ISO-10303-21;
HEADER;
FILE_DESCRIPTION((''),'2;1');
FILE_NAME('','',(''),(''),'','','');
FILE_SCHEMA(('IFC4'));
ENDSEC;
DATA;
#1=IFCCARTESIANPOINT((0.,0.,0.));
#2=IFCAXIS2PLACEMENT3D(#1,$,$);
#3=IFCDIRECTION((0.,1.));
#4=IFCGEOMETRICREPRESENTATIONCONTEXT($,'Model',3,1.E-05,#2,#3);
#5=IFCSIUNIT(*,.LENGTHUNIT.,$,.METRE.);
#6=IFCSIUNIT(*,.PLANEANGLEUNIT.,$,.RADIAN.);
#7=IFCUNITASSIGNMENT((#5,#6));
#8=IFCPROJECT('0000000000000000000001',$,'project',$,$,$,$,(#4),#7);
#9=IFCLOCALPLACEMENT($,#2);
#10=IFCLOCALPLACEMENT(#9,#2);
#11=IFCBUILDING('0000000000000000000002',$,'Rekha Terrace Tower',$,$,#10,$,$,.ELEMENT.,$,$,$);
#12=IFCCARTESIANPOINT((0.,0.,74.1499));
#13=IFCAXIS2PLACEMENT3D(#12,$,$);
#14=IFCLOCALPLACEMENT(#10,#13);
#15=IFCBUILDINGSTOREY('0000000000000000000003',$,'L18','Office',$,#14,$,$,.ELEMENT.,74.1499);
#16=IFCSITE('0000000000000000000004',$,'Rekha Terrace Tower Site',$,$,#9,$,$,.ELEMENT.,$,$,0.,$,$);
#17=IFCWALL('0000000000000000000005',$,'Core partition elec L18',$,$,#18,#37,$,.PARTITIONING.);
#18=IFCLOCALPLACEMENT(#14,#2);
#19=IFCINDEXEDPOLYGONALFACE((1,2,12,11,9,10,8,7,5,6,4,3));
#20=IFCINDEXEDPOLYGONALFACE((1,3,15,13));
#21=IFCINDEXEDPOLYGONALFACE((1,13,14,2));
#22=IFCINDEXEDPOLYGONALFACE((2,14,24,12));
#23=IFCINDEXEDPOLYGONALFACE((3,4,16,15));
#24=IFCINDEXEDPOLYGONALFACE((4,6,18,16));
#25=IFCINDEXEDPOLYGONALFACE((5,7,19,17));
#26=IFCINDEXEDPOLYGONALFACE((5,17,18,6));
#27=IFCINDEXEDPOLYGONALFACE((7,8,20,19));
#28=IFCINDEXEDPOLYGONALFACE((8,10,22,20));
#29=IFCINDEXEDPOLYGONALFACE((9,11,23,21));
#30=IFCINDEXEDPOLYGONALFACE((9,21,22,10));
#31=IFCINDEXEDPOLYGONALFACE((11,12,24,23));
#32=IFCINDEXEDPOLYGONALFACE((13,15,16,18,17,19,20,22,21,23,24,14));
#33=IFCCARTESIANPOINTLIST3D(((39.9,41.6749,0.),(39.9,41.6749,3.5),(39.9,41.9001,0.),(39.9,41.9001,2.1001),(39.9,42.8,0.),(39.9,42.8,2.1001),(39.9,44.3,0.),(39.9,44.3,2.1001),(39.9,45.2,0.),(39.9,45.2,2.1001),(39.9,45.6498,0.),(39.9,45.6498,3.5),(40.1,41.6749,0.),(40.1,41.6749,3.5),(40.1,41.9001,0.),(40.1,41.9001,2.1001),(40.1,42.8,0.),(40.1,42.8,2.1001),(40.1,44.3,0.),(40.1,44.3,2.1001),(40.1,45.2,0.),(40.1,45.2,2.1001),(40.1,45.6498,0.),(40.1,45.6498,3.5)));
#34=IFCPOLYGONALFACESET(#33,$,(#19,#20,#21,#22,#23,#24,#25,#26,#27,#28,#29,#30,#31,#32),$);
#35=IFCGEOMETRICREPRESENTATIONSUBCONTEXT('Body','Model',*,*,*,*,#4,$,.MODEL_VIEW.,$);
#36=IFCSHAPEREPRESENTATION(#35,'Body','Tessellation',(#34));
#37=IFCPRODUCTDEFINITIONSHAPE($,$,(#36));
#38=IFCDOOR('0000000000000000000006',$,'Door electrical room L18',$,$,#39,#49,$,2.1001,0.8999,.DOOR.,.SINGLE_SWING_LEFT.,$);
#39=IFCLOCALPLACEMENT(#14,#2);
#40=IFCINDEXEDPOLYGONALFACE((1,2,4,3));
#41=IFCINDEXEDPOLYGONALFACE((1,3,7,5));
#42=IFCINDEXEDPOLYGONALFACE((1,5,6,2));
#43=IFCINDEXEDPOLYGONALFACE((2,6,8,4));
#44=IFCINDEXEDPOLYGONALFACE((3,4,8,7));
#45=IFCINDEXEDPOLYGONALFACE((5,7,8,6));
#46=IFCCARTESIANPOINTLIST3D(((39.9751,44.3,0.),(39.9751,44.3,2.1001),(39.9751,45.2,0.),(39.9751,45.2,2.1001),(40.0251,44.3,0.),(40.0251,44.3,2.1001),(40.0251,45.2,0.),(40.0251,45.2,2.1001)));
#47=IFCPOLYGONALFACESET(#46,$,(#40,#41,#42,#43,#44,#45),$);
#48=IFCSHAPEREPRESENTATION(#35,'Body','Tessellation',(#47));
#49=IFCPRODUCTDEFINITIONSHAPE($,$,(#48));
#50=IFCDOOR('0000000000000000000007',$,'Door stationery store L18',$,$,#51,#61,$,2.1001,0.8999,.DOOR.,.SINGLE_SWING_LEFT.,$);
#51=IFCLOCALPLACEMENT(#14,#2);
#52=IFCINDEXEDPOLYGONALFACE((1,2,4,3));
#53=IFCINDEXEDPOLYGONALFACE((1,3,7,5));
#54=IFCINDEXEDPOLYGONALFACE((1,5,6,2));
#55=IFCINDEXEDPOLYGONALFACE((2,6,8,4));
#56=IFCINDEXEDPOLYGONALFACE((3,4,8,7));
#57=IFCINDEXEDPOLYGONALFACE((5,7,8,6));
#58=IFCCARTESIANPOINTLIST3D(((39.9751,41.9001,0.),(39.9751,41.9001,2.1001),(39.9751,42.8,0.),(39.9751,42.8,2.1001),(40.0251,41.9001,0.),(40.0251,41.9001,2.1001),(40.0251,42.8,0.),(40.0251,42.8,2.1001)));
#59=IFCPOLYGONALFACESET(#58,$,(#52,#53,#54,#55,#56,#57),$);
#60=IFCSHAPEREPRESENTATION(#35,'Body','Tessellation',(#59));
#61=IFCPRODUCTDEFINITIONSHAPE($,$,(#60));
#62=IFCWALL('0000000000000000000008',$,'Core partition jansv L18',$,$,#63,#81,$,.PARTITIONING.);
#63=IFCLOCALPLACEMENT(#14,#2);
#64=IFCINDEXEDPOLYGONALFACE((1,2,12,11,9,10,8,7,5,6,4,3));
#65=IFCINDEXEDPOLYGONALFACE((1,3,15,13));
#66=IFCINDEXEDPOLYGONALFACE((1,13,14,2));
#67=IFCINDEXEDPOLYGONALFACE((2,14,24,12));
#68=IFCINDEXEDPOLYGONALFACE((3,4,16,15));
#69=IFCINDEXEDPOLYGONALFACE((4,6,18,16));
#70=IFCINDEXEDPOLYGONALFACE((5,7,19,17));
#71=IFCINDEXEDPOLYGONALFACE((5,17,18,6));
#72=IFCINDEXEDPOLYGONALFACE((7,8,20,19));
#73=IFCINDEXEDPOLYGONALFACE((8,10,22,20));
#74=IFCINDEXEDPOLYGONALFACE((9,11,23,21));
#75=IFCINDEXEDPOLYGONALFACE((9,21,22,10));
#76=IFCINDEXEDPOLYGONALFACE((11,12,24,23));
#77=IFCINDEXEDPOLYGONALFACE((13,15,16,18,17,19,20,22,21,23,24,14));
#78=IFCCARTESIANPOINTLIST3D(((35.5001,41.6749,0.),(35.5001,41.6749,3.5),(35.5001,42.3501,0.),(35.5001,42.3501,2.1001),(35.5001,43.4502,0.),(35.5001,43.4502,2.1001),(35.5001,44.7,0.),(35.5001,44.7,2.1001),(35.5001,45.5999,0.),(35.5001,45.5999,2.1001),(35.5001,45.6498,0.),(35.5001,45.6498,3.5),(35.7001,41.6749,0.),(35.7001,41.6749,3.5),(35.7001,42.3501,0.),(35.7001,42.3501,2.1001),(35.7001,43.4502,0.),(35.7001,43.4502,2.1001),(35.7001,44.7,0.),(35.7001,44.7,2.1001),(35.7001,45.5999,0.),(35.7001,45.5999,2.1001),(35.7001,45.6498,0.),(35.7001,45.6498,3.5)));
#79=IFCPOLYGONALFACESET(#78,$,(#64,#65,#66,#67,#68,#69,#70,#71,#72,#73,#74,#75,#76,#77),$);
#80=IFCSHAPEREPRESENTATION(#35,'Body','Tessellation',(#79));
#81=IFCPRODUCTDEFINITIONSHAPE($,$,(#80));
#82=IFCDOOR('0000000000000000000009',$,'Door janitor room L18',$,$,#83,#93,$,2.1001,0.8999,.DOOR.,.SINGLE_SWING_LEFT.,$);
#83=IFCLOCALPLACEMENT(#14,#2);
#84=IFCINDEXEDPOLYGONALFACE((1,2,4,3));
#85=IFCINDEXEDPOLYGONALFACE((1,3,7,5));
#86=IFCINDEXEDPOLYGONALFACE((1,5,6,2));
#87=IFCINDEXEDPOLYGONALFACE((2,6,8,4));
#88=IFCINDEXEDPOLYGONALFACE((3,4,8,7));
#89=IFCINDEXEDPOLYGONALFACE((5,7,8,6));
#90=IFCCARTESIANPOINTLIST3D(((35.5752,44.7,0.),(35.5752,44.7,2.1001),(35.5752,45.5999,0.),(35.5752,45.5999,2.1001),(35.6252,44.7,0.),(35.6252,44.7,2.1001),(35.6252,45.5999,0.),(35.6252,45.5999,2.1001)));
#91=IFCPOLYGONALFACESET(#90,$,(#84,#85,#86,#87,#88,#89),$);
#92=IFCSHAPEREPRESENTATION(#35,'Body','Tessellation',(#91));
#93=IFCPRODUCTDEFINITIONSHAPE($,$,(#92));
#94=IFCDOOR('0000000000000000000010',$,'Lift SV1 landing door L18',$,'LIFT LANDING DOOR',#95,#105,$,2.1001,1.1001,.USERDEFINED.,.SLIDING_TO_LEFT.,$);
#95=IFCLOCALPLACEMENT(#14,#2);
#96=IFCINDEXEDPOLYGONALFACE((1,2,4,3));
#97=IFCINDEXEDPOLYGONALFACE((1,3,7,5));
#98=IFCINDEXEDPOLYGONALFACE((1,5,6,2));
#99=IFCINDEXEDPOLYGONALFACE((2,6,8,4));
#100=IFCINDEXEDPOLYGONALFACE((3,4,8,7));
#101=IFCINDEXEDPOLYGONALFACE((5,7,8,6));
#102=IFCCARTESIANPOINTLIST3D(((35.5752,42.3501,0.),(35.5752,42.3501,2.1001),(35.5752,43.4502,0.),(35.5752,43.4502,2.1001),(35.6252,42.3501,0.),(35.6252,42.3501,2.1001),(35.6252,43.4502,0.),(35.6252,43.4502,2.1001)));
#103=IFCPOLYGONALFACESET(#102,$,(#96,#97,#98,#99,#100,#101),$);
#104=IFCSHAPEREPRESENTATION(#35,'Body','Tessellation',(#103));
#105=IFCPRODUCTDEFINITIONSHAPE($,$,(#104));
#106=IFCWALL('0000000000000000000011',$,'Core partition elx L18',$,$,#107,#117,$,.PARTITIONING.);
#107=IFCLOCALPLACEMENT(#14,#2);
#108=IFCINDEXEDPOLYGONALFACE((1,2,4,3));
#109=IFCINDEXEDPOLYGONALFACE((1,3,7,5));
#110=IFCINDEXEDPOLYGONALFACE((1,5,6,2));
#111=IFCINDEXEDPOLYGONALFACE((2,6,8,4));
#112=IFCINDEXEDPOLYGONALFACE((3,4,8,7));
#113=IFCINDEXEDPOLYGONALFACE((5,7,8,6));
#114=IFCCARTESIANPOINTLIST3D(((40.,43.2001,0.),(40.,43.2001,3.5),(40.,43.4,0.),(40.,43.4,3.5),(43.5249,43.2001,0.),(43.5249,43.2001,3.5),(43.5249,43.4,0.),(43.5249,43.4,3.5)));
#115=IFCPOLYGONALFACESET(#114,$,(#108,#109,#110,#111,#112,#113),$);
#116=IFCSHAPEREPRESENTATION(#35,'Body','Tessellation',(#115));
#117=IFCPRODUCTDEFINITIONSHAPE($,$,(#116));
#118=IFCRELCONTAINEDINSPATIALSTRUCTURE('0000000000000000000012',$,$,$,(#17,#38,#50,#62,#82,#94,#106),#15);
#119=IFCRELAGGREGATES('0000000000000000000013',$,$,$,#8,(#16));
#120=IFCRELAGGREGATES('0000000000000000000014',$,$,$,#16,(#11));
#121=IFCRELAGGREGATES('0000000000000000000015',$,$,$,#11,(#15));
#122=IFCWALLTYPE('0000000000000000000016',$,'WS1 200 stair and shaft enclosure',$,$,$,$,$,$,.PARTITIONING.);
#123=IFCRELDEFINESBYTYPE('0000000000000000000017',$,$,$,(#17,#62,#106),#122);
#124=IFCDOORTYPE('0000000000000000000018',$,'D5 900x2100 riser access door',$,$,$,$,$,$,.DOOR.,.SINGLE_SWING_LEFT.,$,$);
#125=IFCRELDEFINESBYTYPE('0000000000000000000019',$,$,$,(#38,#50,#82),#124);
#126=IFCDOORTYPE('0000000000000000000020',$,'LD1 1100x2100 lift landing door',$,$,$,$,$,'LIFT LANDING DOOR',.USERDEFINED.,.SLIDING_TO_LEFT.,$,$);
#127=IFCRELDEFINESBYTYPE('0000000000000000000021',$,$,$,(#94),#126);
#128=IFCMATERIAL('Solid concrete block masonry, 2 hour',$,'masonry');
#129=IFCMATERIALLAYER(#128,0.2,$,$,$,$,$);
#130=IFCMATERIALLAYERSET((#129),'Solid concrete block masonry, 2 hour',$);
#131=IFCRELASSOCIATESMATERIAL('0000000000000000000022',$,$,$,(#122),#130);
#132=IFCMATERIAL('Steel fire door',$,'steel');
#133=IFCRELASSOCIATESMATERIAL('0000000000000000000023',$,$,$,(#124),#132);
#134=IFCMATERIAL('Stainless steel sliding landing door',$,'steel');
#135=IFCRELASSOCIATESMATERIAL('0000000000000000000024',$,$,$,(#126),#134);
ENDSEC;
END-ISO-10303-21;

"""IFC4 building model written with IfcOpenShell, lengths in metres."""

from ifc_helpers import new_model, si_unit, direction, frame, frame_2d, origin, place, context, subcontext, project, spatial, rectangle, extrude, material, layer, layer_set, type_object, element, fill, save


model = new_model("IFC4")

# Units and contexts
model_context = context("Model", 3, precision=1e-05, world=origin(), true_north=direction((0.0, 1.0)))
body_context = subcontext(model_context, "Body", "Model", "MODEL_VIEW")
ifc_project = project(units=[si_unit("LENGTHUNIT", "METRE"), si_unit("PLANEANGLEUNIT", "RADIAN")], contexts=[model_context])

# Site, building, storey
site_placement = place(None, origin())
site = spatial("IfcSite", under=ifc_project, at=site_placement, Name="Rekha Terrace Tower Site", CompositionType="ELEMENT", RefElevation=0.0)
building_placement = place(site_placement, origin())
building = spatial("IfcBuilding", under=site, at=building_placement, Name="Rekha Terrace Tower", CompositionType="ELEMENT")
storey_placement = place(building_placement, frame((0.0, 0.0, 74.1499)))
storey = spatial("IfcBuildingStorey", under=building, at=storey_placement, Name="L18", Description="Office", CompositionType="ELEMENT", Elevation=74.1499)

# Shared definitions
ifc_material_1 = material(Name="Stainless steel sliding landing door", Category="steel")
ifc_material_2 = material(Name="Steel fire door", Category="steel")

# Shared definitions
ifc_material_3 = material(Name="Solid concrete block masonry, 2 hour", Category="masonry")
ifc_layer_1 = layer(ifc_material_3, 0.2)
ifc_layer_set_1 = layer_set([ifc_layer_1], Name="Solid concrete block masonry, 2 hour")
wall_type_1 = type_object("IfcWallType", Name="WS1 200 stair and shaft enclosure", PredefinedType="PARTITIONING", material=ifc_layer_set_1)

# Walls, openings, doors
wall_1_placement = place(storey_placement, frame((40.0, 41.675, 0.0), z_axis=(0.0, 0.0, 1.0), x_axis=(0.0, 1.0, 0.0)))
wall_1 = element("IfcWall", 1, at=wall_1_placement, inside=storey, type_object=wall_type_1, Name="Core partition elec L18", PredefinedType="PARTITIONING", context=body_context, shape_type="SweptSolid", body=[
    extrude(rectangle(XDim=3.9749, YDim=0.2, at=frame_2d((1.9873, 0.0))), origin(), (0.0, 0.0, 1.0), 3.5),
])
opening_1_placement = place(wall_1_placement, frame((2.625, 0.0, 0.0)))
opening_1 = element("IfcOpeningElement", 2, at=opening_1_placement, cuts=wall_1, PredefinedType="OPENING", context=body_context, shape_type="SweptSolid", body=[
    extrude(rectangle(XDim=0.8999, YDim=2.1001, at=frame_2d((0.45, 1.05))), frame((0.0, 0.1099, 0.0), z_axis=(0.0, -1.0, 0.0), x_axis=(1.0, 0.0, 0.0)), (0.0, 0.0, 1.0), 0.22),
])
opening_2_placement = place(wall_1_placement, frame((0.2251, 0.0, 0.0)))
opening_2 = element("IfcOpeningElement", 3, at=opening_2_placement, cuts=wall_1, PredefinedType="OPENING", context=body_context, shape_type="SweptSolid", body=[
    extrude(rectangle(XDim=0.8999, YDim=2.1001, at=frame_2d((0.45, 1.05))), frame((0.0, 0.1099, 0.0), z_axis=(0.0, -1.0, 0.0), x_axis=(1.0, 0.0, 0.0)), (0.0, 0.0, 1.0), 0.22),
])
door_type_1 = type_object("IfcDoorType", Name="D5 900x2100 riser access door", OperationType="SINGLE_SWING_LEFT", PredefinedType="DOOR", material=ifc_material_2)
door_1_placement = place(opening_1_placement, origin())
door_1 = element("IfcDoor", 4, at=door_1_placement, inside=storey, type_object=door_type_1, Name="Door electrical room L18", OperationType="SINGLE_SWING_LEFT", OverallHeight=2.1001, OverallWidth=0.8999, PredefinedType="DOOR", context=body_context, shape_type="SweptSolid", body=[
    extrude(rectangle(XDim=0.8999, YDim=2.1001, at=frame_2d((0.45, 1.05))), frame((0.0, 0.0249, 0.0), z_axis=(0.0, -1.0, 0.0), x_axis=(1.0, 0.0, 0.0)), (0.0, 0.0, 1.0), 0.05),
])
fill(opening_1, door_1)
door_2_placement = place(opening_2_placement, origin())
door_2 = element("IfcDoor", 5, at=door_2_placement, inside=storey, type_object=door_type_1, Name="Door stationery store L18", OperationType="SINGLE_SWING_LEFT", OverallHeight=2.1001, OverallWidth=0.8999, PredefinedType="DOOR", context=body_context, shape_type="SweptSolid", body=[
    extrude(rectangle(XDim=0.8999, YDim=2.1001, at=frame_2d((0.45, 1.05))), frame((0.0, 0.0249, 0.0), z_axis=(0.0, -1.0, 0.0), x_axis=(1.0, 0.0, 0.0)), (0.0, 0.0, 1.0), 0.05),
])
fill(opening_2, door_2)
wall_2_placement = place(storey_placement, frame((35.6001, 41.675, 0.0), z_axis=(0.0, 0.0, 1.0), x_axis=(0.0, 1.0, 0.0)))
wall_2 = element("IfcWall", 6, at=wall_2_placement, inside=storey, type_object=wall_type_1, Name="Core partition jansv L18", PredefinedType="PARTITIONING", context=body_context, shape_type="SweptSolid", body=[
    extrude(rectangle(XDim=3.9749, YDim=0.2, at=frame_2d((1.9873, 0.0))), origin(), (0.0, 0.0, 1.0), 3.5),
])
opening_3_placement = place(wall_2_placement, frame((3.0249, 0.0, 0.0)))
opening_3 = element("IfcOpeningElement", 7, at=opening_3_placement, cuts=wall_2, PredefinedType="OPENING", context=body_context, shape_type="SweptSolid", body=[
    extrude(rectangle(XDim=0.8999, YDim=2.1001, at=frame_2d((0.45, 1.05))), frame((0.0, 0.1099, 0.0), z_axis=(0.0, -1.0, 0.0), x_axis=(1.0, 0.0, 0.0)), (0.0, 0.0, 1.0), 0.22),
])
opening_4_placement = place(wall_2_placement, frame((0.675, 0.0, 0.0)))
opening_4 = element("IfcOpeningElement", 8, at=opening_4_placement, cuts=wall_2, PredefinedType="OPENING", context=body_context, shape_type="SweptSolid", body=[
    extrude(rectangle(XDim=1.1001, YDim=2.1001, at=frame_2d((0.55, 1.05))), frame((0.0, 0.1099, 0.0), z_axis=(0.0, -1.0, 0.0), x_axis=(1.0, 0.0, 0.0)), (0.0, 0.0, 1.0), 0.22),
])
door_3_placement = place(opening_3_placement, origin())
door_3 = element("IfcDoor", 9, at=door_3_placement, inside=storey, type_object=door_type_1, Name="Door janitor room L18", OperationType="SINGLE_SWING_LEFT", OverallHeight=2.1001, OverallWidth=0.8999, PredefinedType="DOOR", context=body_context, shape_type="SweptSolid", body=[
    extrude(rectangle(XDim=0.8999, YDim=2.1001, at=frame_2d((0.45, 1.05))), frame((0.0, 0.0249, 0.0), z_axis=(0.0, -1.0, 0.0), x_axis=(1.0, 0.0, 0.0)), (0.0, 0.0, 1.0), 0.05),
])
fill(opening_3, door_3)
door_type_2 = type_object("IfcDoorType", Name="LD1 1100x2100 lift landing door", ElementType="LIFT LANDING DOOR", OperationType="SLIDING_TO_LEFT", PredefinedType="USERDEFINED", material=ifc_material_1)
door_4_placement = place(opening_4_placement, origin())
door_4 = element("IfcDoor", 10, at=door_4_placement, inside=storey, type_object=door_type_2, Name="Lift SV1 landing door L18", ObjectType="LIFT LANDING DOOR", OperationType="SLIDING_TO_LEFT", OverallHeight=2.1001, OverallWidth=1.1001, PredefinedType="USERDEFINED", context=body_context, shape_type="SweptSolid", body=[
    extrude(rectangle(XDim=1.1001, YDim=2.1001, at=frame_2d((0.55, 1.05))), frame((0.0, 0.0249, 0.0), z_axis=(0.0, -1.0, 0.0), x_axis=(1.0, 0.0, 0.0)), (0.0, 0.0, 1.0), 0.05),
])
fill(opening_4, door_4)

# Wall
wall_3_placement = place(storey_placement, frame((40.0, 43.3, 0.0), z_axis=(0.0, 0.0, 1.0), x_axis=(1.0, 0.0, 0.0)))
element("IfcWall", 11, at=wall_3_placement, inside=storey, type_object=wall_type_1, Name="Core partition elx L18", PredefinedType="PARTITIONING", context=body_context, shape_type="SweptSolid", body=[
    extrude(rectangle(XDim=3.5249, YDim=0.2, at=frame_2d((1.7625, 0.0))), origin(), (0.0, 0.0, 1.0), 3.5),
])

save(model, "model.ifc")
